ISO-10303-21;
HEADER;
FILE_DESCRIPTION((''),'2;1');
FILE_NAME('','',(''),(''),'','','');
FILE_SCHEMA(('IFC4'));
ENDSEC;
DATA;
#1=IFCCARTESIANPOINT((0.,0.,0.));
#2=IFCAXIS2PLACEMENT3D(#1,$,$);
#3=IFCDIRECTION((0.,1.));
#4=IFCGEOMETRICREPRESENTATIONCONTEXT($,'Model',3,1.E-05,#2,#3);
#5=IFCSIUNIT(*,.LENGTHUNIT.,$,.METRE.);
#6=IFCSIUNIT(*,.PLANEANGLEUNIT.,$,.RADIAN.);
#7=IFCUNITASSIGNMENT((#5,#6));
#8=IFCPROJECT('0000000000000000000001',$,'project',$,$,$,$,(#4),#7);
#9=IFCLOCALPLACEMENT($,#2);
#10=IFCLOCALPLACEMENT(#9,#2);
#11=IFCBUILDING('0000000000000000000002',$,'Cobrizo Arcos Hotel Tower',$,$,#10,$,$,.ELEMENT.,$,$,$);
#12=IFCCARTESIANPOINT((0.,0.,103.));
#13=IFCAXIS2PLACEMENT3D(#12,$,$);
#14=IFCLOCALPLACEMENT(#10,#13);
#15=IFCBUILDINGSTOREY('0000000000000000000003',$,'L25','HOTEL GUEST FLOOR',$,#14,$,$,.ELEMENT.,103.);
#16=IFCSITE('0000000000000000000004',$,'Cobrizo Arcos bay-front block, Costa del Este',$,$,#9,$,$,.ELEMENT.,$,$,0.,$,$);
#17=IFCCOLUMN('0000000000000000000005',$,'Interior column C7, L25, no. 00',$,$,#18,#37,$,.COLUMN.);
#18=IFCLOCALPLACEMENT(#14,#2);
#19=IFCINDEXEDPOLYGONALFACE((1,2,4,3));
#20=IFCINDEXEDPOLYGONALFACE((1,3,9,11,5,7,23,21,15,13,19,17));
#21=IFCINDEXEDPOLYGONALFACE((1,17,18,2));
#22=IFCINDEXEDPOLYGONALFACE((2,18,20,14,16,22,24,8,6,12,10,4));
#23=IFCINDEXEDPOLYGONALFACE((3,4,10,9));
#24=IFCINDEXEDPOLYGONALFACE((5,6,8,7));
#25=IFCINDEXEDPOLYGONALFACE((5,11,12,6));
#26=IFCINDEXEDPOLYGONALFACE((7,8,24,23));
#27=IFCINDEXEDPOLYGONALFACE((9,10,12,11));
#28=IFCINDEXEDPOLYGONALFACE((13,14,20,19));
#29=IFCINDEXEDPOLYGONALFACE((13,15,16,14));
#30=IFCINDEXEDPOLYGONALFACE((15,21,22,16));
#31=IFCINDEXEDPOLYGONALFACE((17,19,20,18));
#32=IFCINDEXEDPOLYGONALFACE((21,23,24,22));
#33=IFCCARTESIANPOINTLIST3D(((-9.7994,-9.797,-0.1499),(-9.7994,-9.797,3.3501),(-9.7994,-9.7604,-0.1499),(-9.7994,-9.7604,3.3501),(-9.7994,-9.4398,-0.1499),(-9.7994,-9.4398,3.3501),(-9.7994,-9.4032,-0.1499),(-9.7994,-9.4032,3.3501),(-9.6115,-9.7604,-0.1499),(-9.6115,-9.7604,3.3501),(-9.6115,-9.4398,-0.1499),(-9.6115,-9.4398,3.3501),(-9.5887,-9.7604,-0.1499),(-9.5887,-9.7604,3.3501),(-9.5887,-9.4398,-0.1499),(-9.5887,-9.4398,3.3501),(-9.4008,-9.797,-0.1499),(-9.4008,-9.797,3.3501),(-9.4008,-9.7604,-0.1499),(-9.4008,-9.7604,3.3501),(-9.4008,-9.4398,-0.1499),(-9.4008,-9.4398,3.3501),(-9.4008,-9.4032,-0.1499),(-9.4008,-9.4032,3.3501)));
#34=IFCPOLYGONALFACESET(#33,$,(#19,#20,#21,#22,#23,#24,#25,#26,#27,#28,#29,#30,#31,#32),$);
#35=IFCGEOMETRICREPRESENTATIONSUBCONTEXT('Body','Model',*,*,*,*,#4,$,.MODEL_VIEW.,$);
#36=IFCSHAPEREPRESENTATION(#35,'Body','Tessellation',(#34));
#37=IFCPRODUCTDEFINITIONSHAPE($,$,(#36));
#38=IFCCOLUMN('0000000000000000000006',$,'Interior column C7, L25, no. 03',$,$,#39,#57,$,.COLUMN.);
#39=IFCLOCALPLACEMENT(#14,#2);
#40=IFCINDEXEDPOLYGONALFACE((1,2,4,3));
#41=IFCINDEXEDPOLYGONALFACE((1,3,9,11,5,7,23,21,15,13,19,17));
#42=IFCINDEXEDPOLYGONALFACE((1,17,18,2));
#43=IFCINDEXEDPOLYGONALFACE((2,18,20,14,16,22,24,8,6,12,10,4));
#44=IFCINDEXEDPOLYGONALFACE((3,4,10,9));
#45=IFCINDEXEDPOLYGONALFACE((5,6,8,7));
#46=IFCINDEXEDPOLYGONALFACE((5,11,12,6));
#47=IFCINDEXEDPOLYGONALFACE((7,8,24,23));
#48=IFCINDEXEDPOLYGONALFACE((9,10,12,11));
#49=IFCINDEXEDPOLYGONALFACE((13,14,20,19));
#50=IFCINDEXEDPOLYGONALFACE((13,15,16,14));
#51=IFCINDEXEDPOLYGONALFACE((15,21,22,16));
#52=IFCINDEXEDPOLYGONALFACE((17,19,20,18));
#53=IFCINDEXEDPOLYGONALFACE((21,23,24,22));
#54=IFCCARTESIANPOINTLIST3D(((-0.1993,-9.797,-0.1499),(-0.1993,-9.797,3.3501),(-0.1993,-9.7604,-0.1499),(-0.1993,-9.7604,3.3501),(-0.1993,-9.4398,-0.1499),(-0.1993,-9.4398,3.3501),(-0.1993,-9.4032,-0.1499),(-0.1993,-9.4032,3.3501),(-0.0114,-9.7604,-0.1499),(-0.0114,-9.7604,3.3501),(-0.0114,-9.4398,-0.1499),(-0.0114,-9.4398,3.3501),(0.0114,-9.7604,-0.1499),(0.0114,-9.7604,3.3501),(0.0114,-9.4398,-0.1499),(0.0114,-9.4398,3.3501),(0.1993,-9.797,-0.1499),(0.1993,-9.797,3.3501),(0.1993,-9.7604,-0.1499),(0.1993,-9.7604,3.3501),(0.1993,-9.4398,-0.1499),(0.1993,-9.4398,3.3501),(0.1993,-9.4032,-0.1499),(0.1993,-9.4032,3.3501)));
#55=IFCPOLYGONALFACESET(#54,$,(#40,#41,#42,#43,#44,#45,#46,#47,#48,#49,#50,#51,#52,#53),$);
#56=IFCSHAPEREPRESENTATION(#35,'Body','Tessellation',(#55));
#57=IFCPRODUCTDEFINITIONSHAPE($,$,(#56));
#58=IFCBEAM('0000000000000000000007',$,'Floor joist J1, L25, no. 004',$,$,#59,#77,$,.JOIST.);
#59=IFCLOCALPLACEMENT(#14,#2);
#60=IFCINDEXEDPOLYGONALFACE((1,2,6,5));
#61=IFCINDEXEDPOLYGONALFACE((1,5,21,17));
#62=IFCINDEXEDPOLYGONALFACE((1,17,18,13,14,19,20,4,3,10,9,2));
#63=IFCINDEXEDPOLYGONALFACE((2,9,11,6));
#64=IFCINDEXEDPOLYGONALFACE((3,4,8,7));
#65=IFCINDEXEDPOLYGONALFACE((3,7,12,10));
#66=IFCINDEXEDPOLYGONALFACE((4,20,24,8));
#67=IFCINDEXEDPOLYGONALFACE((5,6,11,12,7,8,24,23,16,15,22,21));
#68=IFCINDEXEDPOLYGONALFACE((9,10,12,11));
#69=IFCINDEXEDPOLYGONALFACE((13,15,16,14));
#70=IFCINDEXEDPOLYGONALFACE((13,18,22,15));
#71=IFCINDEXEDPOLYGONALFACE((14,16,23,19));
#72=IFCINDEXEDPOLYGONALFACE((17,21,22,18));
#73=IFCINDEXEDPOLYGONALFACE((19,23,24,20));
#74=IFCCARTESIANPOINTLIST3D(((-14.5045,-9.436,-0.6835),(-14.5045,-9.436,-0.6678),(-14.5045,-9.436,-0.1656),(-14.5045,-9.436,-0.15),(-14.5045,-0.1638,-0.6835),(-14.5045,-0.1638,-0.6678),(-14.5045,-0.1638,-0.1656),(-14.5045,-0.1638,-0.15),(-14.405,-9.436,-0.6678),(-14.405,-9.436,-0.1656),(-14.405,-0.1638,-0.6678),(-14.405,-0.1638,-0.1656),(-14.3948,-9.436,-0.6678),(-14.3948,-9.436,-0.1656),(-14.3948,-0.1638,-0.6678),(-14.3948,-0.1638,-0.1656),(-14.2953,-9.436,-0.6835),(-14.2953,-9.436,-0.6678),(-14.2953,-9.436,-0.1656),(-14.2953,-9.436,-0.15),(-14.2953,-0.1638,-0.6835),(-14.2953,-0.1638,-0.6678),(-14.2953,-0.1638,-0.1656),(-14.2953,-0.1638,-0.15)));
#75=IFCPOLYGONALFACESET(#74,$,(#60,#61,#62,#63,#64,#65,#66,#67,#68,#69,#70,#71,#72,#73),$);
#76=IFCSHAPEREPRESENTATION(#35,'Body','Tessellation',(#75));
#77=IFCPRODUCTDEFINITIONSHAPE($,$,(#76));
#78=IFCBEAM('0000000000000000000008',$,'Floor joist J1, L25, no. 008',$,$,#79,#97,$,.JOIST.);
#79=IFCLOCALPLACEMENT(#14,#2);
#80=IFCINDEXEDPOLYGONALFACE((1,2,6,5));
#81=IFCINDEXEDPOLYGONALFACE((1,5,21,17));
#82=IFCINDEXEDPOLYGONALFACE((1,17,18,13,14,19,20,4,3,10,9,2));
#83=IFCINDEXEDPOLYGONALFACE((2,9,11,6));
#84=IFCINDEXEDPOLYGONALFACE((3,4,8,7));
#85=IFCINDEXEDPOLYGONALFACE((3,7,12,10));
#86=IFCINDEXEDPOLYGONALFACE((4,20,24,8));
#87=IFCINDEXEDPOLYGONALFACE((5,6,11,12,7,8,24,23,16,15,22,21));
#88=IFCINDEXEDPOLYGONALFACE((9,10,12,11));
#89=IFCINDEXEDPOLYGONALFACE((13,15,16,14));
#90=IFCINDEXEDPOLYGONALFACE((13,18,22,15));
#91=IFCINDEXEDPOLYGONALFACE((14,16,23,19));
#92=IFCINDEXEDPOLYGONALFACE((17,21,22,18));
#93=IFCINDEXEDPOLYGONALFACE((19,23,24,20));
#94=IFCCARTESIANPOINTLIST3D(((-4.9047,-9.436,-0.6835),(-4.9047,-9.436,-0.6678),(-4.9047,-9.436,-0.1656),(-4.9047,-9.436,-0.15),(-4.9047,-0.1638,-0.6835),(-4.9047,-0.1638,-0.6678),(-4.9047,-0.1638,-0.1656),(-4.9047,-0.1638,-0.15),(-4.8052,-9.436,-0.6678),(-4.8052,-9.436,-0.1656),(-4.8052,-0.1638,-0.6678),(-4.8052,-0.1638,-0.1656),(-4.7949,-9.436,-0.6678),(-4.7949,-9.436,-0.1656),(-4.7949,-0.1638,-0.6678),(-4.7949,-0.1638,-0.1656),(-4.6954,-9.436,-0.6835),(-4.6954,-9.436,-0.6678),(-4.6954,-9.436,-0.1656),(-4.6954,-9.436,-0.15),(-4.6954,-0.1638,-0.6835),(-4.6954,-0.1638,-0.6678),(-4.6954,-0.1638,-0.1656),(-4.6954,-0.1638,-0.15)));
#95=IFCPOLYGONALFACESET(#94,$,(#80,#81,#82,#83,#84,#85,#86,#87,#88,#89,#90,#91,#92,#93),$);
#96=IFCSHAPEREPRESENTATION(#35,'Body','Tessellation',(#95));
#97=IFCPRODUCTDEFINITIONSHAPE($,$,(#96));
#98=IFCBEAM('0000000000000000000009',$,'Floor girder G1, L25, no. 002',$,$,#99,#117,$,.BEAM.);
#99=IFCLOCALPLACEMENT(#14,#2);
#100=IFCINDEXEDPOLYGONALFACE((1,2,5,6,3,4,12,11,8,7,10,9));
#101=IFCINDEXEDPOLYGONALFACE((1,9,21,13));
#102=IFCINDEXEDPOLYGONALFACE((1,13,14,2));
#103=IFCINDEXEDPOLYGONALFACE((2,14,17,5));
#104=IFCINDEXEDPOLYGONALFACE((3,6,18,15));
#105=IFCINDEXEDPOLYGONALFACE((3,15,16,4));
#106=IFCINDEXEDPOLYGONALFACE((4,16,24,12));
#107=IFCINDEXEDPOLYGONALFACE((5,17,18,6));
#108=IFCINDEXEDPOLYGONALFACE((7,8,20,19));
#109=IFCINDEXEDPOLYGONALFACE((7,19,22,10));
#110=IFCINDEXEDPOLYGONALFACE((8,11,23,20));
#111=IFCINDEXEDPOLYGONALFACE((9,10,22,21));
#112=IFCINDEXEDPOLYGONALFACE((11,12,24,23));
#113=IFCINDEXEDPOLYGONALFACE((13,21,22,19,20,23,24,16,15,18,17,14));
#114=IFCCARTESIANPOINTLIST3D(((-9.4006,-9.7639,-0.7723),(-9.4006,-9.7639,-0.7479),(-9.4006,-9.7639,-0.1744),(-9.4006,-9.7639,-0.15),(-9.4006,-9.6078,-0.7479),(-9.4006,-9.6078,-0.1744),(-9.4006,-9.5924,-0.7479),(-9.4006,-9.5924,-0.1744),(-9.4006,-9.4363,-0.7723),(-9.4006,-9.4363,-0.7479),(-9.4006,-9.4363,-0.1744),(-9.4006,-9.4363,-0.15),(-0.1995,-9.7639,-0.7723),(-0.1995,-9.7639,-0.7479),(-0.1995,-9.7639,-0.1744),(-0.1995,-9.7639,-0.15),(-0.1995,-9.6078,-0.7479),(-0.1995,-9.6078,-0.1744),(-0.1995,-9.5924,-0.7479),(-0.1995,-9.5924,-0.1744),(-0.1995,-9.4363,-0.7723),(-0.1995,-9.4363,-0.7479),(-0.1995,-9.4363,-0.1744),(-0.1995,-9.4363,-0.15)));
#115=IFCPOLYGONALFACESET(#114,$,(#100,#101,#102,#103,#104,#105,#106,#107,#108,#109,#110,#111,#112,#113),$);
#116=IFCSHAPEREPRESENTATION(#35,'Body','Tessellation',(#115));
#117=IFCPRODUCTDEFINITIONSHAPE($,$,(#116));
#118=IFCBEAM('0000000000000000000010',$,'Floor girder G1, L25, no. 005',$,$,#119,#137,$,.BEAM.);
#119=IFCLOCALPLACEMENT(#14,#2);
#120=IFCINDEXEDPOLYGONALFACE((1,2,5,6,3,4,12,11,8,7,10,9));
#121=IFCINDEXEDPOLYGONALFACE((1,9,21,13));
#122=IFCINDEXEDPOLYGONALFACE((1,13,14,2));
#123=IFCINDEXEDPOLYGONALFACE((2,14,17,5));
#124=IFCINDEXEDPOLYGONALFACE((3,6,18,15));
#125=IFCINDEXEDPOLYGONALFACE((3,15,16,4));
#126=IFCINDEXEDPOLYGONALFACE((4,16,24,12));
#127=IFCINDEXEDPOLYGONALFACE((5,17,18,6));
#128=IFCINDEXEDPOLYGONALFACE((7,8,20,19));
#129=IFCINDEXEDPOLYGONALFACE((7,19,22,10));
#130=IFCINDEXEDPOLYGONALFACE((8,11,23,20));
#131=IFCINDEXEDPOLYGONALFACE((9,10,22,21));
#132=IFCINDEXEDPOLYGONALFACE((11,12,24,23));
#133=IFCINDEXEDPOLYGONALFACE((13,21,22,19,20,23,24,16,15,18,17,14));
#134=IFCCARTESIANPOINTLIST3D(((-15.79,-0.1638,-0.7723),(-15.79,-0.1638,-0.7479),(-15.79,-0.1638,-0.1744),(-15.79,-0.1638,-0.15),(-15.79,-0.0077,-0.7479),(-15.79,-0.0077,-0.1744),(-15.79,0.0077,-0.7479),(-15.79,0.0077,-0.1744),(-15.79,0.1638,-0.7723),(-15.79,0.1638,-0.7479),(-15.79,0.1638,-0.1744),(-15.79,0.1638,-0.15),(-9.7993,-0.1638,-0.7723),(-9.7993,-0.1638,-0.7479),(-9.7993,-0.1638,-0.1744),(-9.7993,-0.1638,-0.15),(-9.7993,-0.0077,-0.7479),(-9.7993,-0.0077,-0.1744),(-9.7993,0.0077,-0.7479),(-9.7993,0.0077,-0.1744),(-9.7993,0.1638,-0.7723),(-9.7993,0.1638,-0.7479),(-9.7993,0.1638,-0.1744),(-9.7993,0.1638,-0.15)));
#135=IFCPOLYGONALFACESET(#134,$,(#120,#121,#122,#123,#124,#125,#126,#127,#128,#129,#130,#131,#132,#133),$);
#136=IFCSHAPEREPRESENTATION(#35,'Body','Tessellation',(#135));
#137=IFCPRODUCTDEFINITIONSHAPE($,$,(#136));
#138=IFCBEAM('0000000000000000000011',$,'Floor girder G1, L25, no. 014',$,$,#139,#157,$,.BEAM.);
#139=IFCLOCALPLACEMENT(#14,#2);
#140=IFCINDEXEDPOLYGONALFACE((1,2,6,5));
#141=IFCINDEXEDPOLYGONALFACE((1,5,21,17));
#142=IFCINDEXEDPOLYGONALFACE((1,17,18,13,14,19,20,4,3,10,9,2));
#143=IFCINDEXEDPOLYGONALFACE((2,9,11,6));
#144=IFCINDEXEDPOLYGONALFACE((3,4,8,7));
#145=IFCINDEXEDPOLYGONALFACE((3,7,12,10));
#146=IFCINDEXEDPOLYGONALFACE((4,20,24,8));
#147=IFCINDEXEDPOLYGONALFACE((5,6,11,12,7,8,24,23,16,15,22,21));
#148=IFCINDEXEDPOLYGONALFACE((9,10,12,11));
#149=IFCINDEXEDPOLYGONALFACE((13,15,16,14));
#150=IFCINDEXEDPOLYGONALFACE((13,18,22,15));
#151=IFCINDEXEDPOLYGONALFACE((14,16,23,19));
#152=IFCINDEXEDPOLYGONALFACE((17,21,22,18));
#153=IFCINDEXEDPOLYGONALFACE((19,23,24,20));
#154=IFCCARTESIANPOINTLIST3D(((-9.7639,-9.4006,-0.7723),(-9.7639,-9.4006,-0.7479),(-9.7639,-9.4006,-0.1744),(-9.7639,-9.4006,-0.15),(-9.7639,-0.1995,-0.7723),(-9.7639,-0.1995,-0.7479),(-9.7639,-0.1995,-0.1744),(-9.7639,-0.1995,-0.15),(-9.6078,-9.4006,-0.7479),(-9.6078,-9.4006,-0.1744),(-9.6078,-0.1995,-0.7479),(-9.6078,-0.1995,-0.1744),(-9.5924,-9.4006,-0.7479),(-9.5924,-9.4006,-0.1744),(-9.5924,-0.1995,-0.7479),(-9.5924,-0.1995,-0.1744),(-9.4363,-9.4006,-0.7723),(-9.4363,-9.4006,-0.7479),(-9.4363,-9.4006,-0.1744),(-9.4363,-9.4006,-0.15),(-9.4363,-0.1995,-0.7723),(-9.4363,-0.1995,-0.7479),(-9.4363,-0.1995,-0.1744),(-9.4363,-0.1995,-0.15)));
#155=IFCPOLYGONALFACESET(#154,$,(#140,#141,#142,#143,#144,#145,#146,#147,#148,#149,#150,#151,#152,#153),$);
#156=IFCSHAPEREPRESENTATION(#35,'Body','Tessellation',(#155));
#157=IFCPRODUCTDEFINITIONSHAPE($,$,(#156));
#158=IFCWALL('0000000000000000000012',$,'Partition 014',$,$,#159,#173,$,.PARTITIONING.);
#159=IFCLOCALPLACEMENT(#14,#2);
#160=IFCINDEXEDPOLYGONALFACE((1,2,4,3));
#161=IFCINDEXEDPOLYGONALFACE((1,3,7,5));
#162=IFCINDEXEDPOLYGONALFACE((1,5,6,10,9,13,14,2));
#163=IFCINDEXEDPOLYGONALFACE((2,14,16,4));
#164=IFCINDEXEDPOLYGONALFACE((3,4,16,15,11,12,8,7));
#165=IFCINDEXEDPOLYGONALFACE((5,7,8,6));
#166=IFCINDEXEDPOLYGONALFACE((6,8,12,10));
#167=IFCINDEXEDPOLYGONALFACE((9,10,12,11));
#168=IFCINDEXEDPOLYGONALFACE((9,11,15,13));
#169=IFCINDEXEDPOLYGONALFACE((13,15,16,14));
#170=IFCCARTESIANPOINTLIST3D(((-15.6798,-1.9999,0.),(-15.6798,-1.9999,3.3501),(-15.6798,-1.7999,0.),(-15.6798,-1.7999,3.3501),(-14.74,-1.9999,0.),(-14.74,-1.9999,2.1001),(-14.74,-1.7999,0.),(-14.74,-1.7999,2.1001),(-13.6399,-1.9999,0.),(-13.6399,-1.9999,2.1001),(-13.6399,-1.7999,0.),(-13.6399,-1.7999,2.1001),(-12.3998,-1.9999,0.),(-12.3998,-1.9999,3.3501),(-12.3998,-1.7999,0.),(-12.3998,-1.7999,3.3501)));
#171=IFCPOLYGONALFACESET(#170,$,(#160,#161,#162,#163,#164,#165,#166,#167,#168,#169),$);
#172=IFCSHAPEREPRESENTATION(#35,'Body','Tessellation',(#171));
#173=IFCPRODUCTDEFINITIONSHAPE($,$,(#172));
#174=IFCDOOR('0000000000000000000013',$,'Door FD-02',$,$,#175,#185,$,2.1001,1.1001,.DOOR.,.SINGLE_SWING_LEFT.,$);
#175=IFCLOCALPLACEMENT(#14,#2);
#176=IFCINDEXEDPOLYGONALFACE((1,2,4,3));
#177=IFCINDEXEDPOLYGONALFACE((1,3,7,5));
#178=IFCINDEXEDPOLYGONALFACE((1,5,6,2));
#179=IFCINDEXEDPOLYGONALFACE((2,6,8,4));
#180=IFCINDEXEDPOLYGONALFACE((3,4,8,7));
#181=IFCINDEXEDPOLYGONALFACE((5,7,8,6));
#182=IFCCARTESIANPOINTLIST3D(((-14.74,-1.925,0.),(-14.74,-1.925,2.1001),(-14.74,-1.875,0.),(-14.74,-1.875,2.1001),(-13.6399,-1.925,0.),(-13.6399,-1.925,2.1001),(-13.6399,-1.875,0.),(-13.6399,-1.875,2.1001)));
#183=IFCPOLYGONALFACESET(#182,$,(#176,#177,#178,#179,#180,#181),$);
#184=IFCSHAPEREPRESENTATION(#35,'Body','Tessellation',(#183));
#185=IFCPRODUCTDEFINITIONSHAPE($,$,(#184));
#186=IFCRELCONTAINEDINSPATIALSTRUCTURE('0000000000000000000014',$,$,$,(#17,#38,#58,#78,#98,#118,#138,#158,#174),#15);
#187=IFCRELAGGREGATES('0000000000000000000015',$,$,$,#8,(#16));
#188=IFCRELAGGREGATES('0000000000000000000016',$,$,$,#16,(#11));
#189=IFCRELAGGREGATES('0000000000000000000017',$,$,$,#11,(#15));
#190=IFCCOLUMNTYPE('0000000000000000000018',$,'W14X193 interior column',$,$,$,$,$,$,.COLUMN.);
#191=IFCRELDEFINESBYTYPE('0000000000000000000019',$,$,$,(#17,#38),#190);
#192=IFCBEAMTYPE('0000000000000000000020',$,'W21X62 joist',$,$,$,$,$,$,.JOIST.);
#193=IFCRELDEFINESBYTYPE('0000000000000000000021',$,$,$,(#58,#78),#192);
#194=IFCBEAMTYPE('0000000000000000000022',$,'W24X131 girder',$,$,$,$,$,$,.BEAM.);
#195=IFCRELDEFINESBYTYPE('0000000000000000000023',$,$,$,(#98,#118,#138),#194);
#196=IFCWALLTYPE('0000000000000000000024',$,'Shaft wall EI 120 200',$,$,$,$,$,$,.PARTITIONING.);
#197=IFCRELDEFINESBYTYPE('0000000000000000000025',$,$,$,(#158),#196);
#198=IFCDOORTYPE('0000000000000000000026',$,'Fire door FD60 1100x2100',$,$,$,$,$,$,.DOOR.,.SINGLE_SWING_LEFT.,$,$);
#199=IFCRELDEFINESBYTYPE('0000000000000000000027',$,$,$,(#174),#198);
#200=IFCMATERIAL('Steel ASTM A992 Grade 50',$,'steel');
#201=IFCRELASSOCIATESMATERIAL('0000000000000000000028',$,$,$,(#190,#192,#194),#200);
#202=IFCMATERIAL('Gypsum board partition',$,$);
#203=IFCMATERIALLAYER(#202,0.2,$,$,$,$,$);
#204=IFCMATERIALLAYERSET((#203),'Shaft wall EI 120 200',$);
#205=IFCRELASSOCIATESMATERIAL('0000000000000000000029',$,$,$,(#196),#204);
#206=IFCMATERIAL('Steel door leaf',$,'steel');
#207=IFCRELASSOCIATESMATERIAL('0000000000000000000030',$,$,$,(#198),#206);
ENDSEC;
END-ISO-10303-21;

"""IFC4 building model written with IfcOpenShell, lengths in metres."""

from ifc_helpers import new_model, si_unit, direction, frame, frame_2d, origin, origin_2d, place, context, subcontext, project, spatial, rectangle, i_section, extrude, material, layer, layer_set, material_profile, profile_set, type_object, element, fill, save


model = new_model("IFC4")

# Units and contexts
model_context = context("Model", 3, precision=1e-05, world=origin(), true_north=direction((0.0, 1.0)))
body_context = subcontext(model_context, "Body", "Model", "MODEL_VIEW")
ifc_project = project(units=[si_unit("LENGTHUNIT", "METRE"), si_unit("PLANEANGLEUNIT", "RADIAN")], contexts=[model_context])

# Site, building, storey
site_placement = place(None, origin())
site = spatial("IfcSite", under=ifc_project, at=site_placement, Name="Cobrizo Arcos bay-front block, Costa del Este", CompositionType="ELEMENT", RefElevation=0.0)
building_placement = place(site_placement, origin())
building = spatial("IfcBuilding", under=site, at=building_placement, Name="Cobrizo Arcos Hotel Tower", CompositionType="ELEMENT")
storey_placement = place(building_placement, frame((0.0, 0.0, 103.0)))
storey = spatial("IfcBuildingStorey", under=building, at=storey_placement, Name="L25", Description="HOTEL GUEST FLOOR", CompositionType="ELEMENT", Elevation=103.0)

# Columns
ifc_material_1 = material(Name="Steel ASTM A992 Grade 50", Category="steel")
ifc_material_profile_1 = material_profile(ifc_material_1, i_section(OverallWidth=0.3987, OverallDepth=0.3938, WebThickness=0.0227, FlangeThickness=0.0366, at=origin_2d()), Name="W14X193")
ifc_profile_set_1 = profile_set([ifc_material_profile_1], Name="Steel ASTM A992 Grade 50")
column_type = type_object("IfcColumnType", Name="W14X193 interior column", PredefinedType="COLUMN", material=ifc_profile_set_1)
for number, where, z_axis, x_axis, name in (
    (1, (-9.6001, -9.6001, -0.1499), (0.0, 0.0, 1.0), (1.0, 0.0, 0.0), "Interior column C7, L25, no. 00"),
    (2, (0.0, -9.6001, -0.1499), (0.0, 0.0, 1.0), (1.0, 0.0, 0.0), "Interior column C7, L25, no. 03"),
):
    element("IfcColumn", number, at=place(storey_placement, frame(where, z_axis=z_axis, x_axis=x_axis)), inside=storey, type_object=column_type, Name=name, PredefinedType="COLUMN", context=body_context, shape_type="SweptSolid", body=[
        extrude(i_section(OverallWidth=0.3987, OverallDepth=0.3938, WebThickness=0.0227, FlangeThickness=0.0366, at=origin_2d()), origin(), (0.0, 0.0, 1.0), 3.5),
    ])

# Beams
ifc_material_profile_2 = material_profile(ifc_material_1, i_section(OverallWidth=0.2092, OverallDepth=0.5334, WebThickness=0.0103, FlangeThickness=0.0156, at=origin_2d()), Name="W21X62")
ifc_profile_set_2 = profile_set([ifc_material_profile_2], Name="Steel ASTM A992 Grade 50")
beam_type_1 = type_object("IfcBeamType", Name="W21X62 joist", PredefinedType="JOIST", material=ifc_profile_set_2)
for number, where, z_axis, x_axis, name in (
    (3, (-14.3999, -9.436, -0.4167), (0.0, 1.0, 0.0), (-1.0, 0.0, 0.0), "Floor joist J1, L25, no. 004"),
    (4, (-4.8, -9.436, -0.4167), (0.0, 1.0, 0.0), (-1.0, 0.0, 0.0), "Floor joist J1, L25, no. 008"),
):
    element("IfcBeam", number, at=place(storey_placement, frame(where, z_axis=z_axis, x_axis=x_axis)), inside=storey, type_object=beam_type_1, Name=name, PredefinedType="JOIST", context=body_context, shape_type="SweptSolid", body=[
        extrude(i_section(OverallWidth=0.2092, OverallDepth=0.5334, WebThickness=0.0103, FlangeThickness=0.0156, at=origin_2d()), origin(), (0.0, 0.0, 1.0), 9.2722),
    ])
ifc_material_profile_3 = material_profile(ifc_material_1, i_section(OverallWidth=0.3276, OverallDepth=0.6223, WebThickness=0.0154, FlangeThickness=0.0244, at=origin_2d()), Name="W24X131")
ifc_profile_set_3 = profile_set([ifc_material_profile_3], Name="Steel ASTM A992 Grade 50")
beam_type_2 = type_object("IfcBeamType", Name="W24X131 girder", PredefinedType="BEAM", material=ifc_profile_set_3)
beam_1_placement = place(storey_placement, frame((-9.4006, -9.6001, -0.4612), z_axis=(1.0, 0.0, 0.0), x_axis=(0.0, 1.0, 0.0)))
element("IfcBeam", 5, at=beam_1_placement, inside=storey, type_object=beam_type_2, Name="Floor girder G1, L25, no. 002", PredefinedType="BEAM", context=body_context, shape_type="SweptSolid", body=[
    extrude(i_section(OverallWidth=0.3276, OverallDepth=0.6223, WebThickness=0.0154, FlangeThickness=0.0244, at=origin_2d()), origin(), (0.0, 0.0, 1.0), 9.2012),
])
beam_2_placement = place(storey_placement, frame((-15.79, 0.0, -0.4612), z_axis=(1.0, 0.0, 0.0), x_axis=(0.0, 1.0, 0.0)))
element("IfcBeam", 6, at=beam_2_placement, inside=storey, type_object=beam_type_2, Name="Floor girder G1, L25, no. 005", PredefinedType="BEAM", context=body_context, shape_type="SweptSolid", body=[
    extrude(i_section(OverallWidth=0.3276, OverallDepth=0.6223, WebThickness=0.0154, FlangeThickness=0.0244, at=origin_2d()), origin(), (0.0, 0.0, 1.0), 5.9907),
])
beam_3_placement = place(storey_placement, frame((-9.6001, -9.4006, -0.4612), z_axis=(0.0, 1.0, 0.0), x_axis=(-1.0, 0.0, 0.0)))
element("IfcBeam", 7, at=beam_3_placement, inside=storey, type_object=beam_type_2, Name="Floor girder G1, L25, no. 014", PredefinedType="BEAM", context=body_context, shape_type="SweptSolid", body=[
    extrude(i_section(OverallWidth=0.3276, OverallDepth=0.6223, WebThickness=0.0154, FlangeThickness=0.0244, at=origin_2d()), origin(), (0.0, 0.0, 1.0), 9.2012),
])

# Wall, opening, door
ifc_material_2 = material(Name="Gypsum board partition")
ifc_layer = layer(ifc_material_2, 0.2)
ifc_layer_set = layer_set([ifc_layer], Name="Shaft wall EI 120 200")
wall_type = type_object("IfcWallType", Name="Shaft wall EI 120 200", PredefinedType="PARTITIONING", material=ifc_layer_set)
wall_1_placement = place(storey_placement, frame((-15.6799, -1.8999, 0.0), z_axis=(0.0, 0.0, 1.0), x_axis=(1.0, 0.0, 0.0)))
wall_1 = element("IfcWall", 8, at=wall_1_placement, inside=storey, type_object=wall_type, Name="Partition 014", PredefinedType="PARTITIONING", context=body_context, shape_type="SweptSolid", body=[
    extrude(rectangle(XDim=3.28, YDim=0.2, at=frame_2d((1.6401, 0.0))), origin(), (0.0, 0.0, 1.0), 3.3501),
])
opening_placement = place(wall_1_placement, frame((0.9399, 0.0, 0.0)))
opening = element("IfcOpeningElement", 9, at=opening_placement, cuts=wall_1, PredefinedType="OPENING", context=body_context, shape_type="SweptSolid", body=[
    extrude(rectangle(XDim=1.1001, YDim=2.1001, at=frame_2d((0.55, 1.05))), frame((0.0, 0.1121, 0.0), z_axis=(0.0, -1.0, 0.0), x_axis=(1.0, 0.0, 0.0)), (0.0, 0.0, 1.0), 0.2239),
])
ifc_material_3 = material(Name="Steel door leaf", Category="steel")
door_type = type_object("IfcDoorType", Name="Fire door FD60 1100x2100", OperationType="SINGLE_SWING_LEFT", PredefinedType="DOOR", material=ifc_material_3)
door_placement = place(opening_placement, origin())
door = element("IfcDoor", 10, at=door_placement, inside=storey, type_object=door_type, Name="Door FD-02", OperationType="SINGLE_SWING_LEFT", OverallHeight=2.1001, OverallWidth=1.1001, PredefinedType="DOOR", context=body_context, shape_type="SweptSolid", body=[
    extrude(rectangle(XDim=1.1001, YDim=2.1001, at=frame_2d((0.55, 1.05))), frame((0.0, 0.0249, 0.0), z_axis=(0.0, -1.0, 0.0), x_axis=(1.0, 0.0, 0.0)), (0.0, 0.0, 1.0), 0.05),
])
fill(opening, door)

save(model, "model.ifc")
